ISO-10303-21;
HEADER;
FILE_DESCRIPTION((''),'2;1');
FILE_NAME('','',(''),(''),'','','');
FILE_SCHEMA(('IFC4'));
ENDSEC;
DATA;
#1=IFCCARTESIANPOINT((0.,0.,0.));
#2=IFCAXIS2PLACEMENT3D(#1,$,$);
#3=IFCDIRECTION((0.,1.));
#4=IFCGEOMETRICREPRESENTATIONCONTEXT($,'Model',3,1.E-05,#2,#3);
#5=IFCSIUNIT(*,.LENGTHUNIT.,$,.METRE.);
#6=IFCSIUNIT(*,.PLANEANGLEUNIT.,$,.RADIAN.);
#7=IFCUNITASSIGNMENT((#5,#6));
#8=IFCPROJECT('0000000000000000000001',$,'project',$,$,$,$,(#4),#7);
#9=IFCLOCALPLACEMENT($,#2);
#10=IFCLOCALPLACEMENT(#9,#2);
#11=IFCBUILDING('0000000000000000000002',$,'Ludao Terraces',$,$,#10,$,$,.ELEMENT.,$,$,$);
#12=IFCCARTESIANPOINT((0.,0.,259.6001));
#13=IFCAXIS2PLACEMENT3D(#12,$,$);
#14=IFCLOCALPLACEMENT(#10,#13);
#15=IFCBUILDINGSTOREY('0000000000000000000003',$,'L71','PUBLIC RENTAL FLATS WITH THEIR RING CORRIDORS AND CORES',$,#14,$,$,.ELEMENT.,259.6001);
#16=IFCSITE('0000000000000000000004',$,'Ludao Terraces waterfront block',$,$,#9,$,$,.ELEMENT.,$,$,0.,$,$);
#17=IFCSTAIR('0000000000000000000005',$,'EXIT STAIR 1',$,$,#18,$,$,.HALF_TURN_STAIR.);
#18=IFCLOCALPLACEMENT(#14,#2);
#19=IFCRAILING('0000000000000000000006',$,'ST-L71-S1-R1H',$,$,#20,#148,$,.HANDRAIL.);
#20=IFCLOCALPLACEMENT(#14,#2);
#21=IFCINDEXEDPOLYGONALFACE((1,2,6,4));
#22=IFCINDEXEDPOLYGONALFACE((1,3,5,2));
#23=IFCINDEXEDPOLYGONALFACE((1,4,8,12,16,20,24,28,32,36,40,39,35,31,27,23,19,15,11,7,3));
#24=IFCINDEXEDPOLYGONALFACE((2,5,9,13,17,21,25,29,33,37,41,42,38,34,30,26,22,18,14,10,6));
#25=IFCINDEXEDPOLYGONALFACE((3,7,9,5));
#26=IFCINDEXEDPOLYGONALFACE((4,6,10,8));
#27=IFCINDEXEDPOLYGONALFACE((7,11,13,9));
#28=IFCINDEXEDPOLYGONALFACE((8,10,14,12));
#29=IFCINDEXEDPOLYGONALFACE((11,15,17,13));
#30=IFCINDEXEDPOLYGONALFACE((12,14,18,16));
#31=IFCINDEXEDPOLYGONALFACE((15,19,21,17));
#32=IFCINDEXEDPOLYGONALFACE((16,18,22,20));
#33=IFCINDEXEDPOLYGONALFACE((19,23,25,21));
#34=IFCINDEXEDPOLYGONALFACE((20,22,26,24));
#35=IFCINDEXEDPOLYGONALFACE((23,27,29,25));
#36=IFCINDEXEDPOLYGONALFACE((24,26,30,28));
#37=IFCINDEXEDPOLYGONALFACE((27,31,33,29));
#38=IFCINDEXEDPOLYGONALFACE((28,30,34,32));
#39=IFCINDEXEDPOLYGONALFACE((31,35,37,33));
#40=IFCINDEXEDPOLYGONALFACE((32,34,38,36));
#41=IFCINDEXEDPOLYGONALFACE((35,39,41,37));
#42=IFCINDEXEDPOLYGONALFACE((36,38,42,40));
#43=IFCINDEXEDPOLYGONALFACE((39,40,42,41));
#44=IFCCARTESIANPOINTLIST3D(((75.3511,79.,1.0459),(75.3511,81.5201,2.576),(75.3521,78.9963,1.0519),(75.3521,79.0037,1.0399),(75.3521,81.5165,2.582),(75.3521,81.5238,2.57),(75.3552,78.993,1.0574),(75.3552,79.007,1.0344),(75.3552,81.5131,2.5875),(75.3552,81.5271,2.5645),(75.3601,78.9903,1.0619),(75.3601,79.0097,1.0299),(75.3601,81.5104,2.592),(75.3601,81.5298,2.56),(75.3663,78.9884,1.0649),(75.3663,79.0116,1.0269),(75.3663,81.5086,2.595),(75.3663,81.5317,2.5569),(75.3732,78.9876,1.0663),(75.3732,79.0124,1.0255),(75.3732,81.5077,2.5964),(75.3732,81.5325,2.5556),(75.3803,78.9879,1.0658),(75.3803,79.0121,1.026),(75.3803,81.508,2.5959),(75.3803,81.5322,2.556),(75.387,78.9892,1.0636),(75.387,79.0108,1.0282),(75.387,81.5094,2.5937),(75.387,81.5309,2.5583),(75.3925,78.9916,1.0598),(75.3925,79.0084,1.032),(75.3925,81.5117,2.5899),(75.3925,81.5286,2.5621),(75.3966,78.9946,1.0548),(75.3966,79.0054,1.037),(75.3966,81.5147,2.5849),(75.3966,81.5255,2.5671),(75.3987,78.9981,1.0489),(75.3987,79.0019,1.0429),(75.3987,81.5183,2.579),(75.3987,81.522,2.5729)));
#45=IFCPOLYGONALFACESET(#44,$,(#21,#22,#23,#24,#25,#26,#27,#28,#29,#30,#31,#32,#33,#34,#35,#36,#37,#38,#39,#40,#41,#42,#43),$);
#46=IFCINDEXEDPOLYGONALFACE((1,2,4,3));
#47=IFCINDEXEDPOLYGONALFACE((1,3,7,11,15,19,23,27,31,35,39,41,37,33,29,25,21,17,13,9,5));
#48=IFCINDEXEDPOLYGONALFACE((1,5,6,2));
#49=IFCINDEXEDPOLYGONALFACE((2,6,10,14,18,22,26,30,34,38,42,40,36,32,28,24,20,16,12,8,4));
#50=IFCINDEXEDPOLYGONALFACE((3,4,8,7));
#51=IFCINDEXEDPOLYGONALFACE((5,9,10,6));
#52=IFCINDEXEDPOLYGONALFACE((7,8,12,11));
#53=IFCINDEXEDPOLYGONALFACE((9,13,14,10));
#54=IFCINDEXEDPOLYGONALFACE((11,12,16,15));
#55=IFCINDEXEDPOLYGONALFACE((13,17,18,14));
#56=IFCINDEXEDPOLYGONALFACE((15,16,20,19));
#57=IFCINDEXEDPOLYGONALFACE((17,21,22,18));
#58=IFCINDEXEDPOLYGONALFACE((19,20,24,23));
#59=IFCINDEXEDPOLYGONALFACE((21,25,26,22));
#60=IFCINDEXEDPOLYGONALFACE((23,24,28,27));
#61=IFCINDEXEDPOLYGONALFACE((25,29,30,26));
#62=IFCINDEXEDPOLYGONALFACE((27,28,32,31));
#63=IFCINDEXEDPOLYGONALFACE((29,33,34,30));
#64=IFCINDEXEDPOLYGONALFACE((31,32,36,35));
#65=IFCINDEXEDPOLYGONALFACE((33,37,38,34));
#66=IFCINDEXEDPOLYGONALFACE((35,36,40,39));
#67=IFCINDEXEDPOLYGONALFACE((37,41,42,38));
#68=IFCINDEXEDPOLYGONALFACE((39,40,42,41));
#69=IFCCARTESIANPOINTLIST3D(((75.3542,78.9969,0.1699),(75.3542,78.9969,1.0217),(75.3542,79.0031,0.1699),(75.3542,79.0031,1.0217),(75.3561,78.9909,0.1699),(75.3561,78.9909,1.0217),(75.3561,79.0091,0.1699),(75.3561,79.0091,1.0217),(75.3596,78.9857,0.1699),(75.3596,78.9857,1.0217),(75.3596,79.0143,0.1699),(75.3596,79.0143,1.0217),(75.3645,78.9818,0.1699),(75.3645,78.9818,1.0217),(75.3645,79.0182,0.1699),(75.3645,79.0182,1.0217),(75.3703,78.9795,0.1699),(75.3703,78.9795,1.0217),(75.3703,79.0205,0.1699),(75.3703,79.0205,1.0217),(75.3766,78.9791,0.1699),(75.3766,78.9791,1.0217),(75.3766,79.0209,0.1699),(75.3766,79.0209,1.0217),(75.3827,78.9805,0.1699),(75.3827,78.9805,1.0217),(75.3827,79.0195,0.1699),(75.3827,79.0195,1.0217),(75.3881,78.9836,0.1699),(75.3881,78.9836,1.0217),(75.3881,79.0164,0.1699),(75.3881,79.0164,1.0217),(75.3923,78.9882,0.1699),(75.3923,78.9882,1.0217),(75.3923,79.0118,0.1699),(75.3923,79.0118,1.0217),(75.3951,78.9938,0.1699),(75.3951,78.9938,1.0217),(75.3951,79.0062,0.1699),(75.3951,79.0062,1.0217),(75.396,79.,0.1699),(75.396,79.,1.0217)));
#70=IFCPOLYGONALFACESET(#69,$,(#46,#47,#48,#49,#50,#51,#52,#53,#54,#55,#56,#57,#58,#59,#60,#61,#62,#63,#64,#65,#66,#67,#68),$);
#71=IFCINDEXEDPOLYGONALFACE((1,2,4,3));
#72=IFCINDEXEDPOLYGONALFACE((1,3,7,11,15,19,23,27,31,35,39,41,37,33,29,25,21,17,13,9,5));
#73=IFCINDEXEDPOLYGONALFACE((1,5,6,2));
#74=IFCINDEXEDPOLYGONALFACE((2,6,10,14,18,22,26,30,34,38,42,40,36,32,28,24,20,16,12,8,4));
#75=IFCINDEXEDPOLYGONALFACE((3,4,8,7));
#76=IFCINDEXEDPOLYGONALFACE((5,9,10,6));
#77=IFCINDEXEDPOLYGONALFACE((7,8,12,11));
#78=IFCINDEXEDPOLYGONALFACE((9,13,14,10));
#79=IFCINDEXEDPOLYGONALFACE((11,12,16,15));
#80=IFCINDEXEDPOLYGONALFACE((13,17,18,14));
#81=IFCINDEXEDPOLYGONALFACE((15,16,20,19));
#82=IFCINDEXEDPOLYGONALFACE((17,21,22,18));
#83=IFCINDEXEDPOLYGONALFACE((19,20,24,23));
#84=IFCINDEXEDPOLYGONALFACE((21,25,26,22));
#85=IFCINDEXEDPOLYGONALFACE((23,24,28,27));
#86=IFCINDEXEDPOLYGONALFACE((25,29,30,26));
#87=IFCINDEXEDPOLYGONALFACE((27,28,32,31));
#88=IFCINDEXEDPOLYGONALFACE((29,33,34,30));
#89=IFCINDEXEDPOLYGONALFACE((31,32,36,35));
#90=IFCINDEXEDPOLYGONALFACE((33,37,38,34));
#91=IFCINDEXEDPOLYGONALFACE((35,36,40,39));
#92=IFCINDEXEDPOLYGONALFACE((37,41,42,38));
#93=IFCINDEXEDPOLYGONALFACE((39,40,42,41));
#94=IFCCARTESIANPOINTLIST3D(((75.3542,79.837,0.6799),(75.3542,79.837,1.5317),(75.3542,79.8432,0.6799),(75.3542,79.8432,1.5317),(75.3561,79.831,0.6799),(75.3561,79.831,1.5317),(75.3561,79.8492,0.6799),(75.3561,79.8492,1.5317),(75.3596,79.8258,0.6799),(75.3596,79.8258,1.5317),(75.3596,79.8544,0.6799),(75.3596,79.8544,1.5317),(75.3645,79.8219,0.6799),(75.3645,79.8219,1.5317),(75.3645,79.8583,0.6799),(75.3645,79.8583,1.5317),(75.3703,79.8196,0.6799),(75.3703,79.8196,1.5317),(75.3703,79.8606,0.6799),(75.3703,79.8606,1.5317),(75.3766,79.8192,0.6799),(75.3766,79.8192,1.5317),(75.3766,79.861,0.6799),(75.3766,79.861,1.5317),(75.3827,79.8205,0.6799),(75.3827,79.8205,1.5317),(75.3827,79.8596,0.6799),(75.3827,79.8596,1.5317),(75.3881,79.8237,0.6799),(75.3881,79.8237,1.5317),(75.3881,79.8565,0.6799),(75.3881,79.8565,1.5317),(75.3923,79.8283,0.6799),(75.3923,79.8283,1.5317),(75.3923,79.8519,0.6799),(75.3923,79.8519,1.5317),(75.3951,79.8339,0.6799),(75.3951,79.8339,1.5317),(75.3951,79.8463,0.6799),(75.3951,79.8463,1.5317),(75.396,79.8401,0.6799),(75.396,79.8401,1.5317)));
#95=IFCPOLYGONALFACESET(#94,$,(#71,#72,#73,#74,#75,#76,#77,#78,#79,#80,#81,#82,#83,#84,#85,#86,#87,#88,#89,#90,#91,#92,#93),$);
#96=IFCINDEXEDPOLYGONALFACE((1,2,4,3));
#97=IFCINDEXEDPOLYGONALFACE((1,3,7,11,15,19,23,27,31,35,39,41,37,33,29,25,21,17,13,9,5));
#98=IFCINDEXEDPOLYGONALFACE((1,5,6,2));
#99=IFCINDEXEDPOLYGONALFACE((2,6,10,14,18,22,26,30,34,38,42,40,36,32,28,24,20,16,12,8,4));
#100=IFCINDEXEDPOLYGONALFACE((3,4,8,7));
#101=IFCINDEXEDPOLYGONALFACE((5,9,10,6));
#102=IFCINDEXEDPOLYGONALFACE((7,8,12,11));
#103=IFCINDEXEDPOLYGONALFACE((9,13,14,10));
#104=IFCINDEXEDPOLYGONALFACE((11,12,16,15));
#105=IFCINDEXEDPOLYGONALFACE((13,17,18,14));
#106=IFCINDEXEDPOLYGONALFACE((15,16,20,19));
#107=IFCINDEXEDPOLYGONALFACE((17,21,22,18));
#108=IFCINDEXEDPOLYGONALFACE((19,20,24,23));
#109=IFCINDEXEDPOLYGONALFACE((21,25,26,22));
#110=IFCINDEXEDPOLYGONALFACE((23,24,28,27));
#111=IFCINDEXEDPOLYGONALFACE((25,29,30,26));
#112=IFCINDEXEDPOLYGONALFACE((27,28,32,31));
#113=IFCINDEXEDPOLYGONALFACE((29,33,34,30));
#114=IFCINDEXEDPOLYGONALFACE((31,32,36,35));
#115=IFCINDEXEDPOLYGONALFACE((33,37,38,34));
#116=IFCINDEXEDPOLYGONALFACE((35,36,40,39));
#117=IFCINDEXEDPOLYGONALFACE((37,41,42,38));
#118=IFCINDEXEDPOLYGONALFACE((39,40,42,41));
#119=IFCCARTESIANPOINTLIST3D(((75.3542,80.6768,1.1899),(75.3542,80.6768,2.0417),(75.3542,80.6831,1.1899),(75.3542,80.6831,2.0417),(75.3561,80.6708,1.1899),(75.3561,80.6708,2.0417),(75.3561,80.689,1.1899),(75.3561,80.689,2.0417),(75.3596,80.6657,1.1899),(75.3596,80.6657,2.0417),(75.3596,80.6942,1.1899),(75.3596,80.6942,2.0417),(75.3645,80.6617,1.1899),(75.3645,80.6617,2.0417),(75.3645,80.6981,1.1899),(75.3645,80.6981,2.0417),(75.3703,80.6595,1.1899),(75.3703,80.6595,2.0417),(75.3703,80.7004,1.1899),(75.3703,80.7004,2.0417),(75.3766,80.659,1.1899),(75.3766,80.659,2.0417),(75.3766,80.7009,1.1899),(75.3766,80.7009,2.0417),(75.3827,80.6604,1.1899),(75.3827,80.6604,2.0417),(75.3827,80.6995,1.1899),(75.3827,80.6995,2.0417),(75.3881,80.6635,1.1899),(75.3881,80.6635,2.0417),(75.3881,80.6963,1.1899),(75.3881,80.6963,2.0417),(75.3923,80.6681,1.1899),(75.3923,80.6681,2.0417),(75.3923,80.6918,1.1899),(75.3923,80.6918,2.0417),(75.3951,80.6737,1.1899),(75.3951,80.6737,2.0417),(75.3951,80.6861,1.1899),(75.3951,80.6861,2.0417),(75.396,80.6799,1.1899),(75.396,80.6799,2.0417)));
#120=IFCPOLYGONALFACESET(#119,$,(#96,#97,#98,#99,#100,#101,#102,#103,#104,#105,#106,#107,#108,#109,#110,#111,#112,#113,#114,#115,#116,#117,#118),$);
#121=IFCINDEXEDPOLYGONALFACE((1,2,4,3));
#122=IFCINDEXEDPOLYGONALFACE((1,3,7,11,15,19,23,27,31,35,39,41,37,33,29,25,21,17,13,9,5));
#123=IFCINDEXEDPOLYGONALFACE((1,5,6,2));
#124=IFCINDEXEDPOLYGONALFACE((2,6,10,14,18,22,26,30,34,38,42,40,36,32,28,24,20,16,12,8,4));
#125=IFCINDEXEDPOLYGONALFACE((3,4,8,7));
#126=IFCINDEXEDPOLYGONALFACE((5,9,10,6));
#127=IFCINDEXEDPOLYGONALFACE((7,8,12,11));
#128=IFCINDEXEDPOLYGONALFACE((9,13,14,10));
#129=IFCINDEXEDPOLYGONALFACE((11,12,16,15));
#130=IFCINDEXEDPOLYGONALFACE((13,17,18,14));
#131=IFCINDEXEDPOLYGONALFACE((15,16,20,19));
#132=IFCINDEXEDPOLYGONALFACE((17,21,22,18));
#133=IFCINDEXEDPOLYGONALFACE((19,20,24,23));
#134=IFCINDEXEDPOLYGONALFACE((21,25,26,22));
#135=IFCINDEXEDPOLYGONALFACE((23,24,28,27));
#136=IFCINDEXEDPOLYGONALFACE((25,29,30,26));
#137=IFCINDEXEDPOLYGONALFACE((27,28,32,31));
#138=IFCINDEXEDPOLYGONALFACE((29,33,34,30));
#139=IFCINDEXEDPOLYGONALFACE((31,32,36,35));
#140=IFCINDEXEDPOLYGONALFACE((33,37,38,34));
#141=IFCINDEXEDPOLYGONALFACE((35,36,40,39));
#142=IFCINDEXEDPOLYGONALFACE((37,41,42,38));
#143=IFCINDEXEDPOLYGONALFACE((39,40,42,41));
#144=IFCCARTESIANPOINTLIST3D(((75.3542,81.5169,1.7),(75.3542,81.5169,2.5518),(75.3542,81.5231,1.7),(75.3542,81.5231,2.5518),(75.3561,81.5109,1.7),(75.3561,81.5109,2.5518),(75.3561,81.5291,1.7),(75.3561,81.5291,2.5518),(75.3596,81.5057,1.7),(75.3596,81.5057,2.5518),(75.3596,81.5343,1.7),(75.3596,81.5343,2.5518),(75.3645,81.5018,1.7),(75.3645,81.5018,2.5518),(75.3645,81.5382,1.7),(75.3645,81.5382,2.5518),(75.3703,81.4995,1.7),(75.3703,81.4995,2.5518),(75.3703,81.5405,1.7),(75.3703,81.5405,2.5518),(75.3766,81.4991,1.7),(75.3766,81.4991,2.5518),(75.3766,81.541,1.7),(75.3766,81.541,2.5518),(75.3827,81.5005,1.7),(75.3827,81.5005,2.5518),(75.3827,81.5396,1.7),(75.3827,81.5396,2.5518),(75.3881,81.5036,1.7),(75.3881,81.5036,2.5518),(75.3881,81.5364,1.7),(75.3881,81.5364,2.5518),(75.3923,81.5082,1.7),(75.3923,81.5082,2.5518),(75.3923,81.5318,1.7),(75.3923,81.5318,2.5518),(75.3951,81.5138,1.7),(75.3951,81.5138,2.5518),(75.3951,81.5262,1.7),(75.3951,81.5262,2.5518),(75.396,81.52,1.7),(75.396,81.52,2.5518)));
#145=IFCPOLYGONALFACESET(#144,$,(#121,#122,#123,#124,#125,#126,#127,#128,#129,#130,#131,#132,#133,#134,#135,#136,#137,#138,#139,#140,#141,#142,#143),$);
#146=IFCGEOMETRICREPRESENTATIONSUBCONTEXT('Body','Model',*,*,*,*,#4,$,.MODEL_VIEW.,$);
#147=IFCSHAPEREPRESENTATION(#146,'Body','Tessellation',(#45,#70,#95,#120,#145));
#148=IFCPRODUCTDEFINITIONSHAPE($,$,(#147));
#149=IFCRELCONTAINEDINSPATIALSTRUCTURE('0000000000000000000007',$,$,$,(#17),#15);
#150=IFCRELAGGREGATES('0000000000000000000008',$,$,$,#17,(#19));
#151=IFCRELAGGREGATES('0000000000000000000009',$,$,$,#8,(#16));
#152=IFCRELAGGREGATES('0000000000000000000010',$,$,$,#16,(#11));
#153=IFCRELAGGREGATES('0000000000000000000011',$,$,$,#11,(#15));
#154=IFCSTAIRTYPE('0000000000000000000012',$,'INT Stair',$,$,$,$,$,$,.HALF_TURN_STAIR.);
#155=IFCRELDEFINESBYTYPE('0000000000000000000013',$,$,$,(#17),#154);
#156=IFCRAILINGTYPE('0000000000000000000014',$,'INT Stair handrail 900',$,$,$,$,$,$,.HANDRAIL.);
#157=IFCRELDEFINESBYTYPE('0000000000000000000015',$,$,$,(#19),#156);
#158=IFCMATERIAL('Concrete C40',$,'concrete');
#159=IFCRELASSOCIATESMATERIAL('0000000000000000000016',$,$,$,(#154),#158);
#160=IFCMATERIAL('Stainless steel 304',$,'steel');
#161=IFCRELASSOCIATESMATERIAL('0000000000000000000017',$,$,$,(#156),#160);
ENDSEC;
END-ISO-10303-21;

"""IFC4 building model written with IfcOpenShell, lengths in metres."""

from ifc_helpers import new_model, si_unit, direction, frame, origin, origin_2d, place, context, subcontext, project, spatial, circle, extrude, material, type_object, element, aggregate, save


model = new_model("IFC4")

# Units and contexts
model_context = context("Model", 3, precision=1e-05, world=origin(), true_north=direction((0.0, 1.0)))
body_context = subcontext(model_context, "Body", "Model", "MODEL_VIEW")
ifc_project = project(units=[si_unit("LENGTHUNIT", "METRE"), si_unit("PLANEANGLEUNIT", "RADIAN")], contexts=[model_context])

# Site, building, storey
site_placement = place(None, origin())
site = spatial("IfcSite", under=ifc_project, at=site_placement, Name="Ludao Terraces waterfront block", CompositionType="ELEMENT", RefElevation=0.0)
building_placement = place(site_placement, origin())
building = spatial("IfcBuilding", under=site, at=building_placement, Name="Ludao Terraces", CompositionType="ELEMENT")
storey_placement = place(building_placement, frame((0.0, 0.0, 259.6001)))
storey = spatial("IfcBuildingStorey", under=building, at=storey_placement, Name="L71", Description="PUBLIC RENTAL FLATS WITH THEIR RING CORRIDORS AND CORES", CompositionType="ELEMENT", Elevation=259.6001)

# Shared definitions
ifc_material_1 = material(Name="Concrete C40", Category="concrete")

# Shared definitions
ifc_material_2 = material(Name="Stainless steel 304", Category="steel")

# Stair, railing
stair_type = type_object("IfcStairType", Name="INT Stair", PredefinedType="HALF_TURN_STAIR", material=ifc_material_1)
stair_placement = place(storey_placement, origin())
stair = element("IfcStair", 1, at=stair_placement, inside=storey, type_object=stair_type, Name="EXIT STAIR 1", PredefinedType="HALF_TURN_STAIR")
railing_type_1 = type_object("IfcRailingType", Name="INT Stair handrail 900", PredefinedType="HANDRAIL", material=ifc_material_2)
railing_1_placement = place(storey_placement, frame((75.375, 79.0, 0.1699)))
railing_1 = element("IfcRailing", 2, at=railing_1_placement, type_object=railing_type_1, Name="ST-L71-S1-R1H", PredefinedType="HANDRAIL", context=body_context, shape_type="SweptSolid", body=[
    extrude(circle(Radius=0.0239, at=origin_2d()), frame((0.0, 0.0, 0.876), z_axis=(0.0, 0.854785, 0.518982), x_axis=(-1.0, 0.0, 0.0)), (0.0, 0.0, 1.0), 2.9482),
    extrude(circle(Radius=0.021, at=origin_2d()), origin(), (0.0, 0.0, 1.0), 0.8518),
    extrude(circle(Radius=0.021, at=origin_2d()), frame((0.0, 0.8401, 0.51)), (0.0, 0.0, 1.0), 0.8518),
    extrude(circle(Radius=0.021, at=origin_2d()), frame((0.0, 1.6799, 1.02)), (0.0, 0.0, 1.0), 0.8518),
    extrude(circle(Radius=0.021, at=origin_2d()), frame((0.0, 2.52, 1.53)), (0.0, 0.0, 1.0), 0.8518),
])
aggregate(stair, [railing_1])

save(model, "model.ifc")
